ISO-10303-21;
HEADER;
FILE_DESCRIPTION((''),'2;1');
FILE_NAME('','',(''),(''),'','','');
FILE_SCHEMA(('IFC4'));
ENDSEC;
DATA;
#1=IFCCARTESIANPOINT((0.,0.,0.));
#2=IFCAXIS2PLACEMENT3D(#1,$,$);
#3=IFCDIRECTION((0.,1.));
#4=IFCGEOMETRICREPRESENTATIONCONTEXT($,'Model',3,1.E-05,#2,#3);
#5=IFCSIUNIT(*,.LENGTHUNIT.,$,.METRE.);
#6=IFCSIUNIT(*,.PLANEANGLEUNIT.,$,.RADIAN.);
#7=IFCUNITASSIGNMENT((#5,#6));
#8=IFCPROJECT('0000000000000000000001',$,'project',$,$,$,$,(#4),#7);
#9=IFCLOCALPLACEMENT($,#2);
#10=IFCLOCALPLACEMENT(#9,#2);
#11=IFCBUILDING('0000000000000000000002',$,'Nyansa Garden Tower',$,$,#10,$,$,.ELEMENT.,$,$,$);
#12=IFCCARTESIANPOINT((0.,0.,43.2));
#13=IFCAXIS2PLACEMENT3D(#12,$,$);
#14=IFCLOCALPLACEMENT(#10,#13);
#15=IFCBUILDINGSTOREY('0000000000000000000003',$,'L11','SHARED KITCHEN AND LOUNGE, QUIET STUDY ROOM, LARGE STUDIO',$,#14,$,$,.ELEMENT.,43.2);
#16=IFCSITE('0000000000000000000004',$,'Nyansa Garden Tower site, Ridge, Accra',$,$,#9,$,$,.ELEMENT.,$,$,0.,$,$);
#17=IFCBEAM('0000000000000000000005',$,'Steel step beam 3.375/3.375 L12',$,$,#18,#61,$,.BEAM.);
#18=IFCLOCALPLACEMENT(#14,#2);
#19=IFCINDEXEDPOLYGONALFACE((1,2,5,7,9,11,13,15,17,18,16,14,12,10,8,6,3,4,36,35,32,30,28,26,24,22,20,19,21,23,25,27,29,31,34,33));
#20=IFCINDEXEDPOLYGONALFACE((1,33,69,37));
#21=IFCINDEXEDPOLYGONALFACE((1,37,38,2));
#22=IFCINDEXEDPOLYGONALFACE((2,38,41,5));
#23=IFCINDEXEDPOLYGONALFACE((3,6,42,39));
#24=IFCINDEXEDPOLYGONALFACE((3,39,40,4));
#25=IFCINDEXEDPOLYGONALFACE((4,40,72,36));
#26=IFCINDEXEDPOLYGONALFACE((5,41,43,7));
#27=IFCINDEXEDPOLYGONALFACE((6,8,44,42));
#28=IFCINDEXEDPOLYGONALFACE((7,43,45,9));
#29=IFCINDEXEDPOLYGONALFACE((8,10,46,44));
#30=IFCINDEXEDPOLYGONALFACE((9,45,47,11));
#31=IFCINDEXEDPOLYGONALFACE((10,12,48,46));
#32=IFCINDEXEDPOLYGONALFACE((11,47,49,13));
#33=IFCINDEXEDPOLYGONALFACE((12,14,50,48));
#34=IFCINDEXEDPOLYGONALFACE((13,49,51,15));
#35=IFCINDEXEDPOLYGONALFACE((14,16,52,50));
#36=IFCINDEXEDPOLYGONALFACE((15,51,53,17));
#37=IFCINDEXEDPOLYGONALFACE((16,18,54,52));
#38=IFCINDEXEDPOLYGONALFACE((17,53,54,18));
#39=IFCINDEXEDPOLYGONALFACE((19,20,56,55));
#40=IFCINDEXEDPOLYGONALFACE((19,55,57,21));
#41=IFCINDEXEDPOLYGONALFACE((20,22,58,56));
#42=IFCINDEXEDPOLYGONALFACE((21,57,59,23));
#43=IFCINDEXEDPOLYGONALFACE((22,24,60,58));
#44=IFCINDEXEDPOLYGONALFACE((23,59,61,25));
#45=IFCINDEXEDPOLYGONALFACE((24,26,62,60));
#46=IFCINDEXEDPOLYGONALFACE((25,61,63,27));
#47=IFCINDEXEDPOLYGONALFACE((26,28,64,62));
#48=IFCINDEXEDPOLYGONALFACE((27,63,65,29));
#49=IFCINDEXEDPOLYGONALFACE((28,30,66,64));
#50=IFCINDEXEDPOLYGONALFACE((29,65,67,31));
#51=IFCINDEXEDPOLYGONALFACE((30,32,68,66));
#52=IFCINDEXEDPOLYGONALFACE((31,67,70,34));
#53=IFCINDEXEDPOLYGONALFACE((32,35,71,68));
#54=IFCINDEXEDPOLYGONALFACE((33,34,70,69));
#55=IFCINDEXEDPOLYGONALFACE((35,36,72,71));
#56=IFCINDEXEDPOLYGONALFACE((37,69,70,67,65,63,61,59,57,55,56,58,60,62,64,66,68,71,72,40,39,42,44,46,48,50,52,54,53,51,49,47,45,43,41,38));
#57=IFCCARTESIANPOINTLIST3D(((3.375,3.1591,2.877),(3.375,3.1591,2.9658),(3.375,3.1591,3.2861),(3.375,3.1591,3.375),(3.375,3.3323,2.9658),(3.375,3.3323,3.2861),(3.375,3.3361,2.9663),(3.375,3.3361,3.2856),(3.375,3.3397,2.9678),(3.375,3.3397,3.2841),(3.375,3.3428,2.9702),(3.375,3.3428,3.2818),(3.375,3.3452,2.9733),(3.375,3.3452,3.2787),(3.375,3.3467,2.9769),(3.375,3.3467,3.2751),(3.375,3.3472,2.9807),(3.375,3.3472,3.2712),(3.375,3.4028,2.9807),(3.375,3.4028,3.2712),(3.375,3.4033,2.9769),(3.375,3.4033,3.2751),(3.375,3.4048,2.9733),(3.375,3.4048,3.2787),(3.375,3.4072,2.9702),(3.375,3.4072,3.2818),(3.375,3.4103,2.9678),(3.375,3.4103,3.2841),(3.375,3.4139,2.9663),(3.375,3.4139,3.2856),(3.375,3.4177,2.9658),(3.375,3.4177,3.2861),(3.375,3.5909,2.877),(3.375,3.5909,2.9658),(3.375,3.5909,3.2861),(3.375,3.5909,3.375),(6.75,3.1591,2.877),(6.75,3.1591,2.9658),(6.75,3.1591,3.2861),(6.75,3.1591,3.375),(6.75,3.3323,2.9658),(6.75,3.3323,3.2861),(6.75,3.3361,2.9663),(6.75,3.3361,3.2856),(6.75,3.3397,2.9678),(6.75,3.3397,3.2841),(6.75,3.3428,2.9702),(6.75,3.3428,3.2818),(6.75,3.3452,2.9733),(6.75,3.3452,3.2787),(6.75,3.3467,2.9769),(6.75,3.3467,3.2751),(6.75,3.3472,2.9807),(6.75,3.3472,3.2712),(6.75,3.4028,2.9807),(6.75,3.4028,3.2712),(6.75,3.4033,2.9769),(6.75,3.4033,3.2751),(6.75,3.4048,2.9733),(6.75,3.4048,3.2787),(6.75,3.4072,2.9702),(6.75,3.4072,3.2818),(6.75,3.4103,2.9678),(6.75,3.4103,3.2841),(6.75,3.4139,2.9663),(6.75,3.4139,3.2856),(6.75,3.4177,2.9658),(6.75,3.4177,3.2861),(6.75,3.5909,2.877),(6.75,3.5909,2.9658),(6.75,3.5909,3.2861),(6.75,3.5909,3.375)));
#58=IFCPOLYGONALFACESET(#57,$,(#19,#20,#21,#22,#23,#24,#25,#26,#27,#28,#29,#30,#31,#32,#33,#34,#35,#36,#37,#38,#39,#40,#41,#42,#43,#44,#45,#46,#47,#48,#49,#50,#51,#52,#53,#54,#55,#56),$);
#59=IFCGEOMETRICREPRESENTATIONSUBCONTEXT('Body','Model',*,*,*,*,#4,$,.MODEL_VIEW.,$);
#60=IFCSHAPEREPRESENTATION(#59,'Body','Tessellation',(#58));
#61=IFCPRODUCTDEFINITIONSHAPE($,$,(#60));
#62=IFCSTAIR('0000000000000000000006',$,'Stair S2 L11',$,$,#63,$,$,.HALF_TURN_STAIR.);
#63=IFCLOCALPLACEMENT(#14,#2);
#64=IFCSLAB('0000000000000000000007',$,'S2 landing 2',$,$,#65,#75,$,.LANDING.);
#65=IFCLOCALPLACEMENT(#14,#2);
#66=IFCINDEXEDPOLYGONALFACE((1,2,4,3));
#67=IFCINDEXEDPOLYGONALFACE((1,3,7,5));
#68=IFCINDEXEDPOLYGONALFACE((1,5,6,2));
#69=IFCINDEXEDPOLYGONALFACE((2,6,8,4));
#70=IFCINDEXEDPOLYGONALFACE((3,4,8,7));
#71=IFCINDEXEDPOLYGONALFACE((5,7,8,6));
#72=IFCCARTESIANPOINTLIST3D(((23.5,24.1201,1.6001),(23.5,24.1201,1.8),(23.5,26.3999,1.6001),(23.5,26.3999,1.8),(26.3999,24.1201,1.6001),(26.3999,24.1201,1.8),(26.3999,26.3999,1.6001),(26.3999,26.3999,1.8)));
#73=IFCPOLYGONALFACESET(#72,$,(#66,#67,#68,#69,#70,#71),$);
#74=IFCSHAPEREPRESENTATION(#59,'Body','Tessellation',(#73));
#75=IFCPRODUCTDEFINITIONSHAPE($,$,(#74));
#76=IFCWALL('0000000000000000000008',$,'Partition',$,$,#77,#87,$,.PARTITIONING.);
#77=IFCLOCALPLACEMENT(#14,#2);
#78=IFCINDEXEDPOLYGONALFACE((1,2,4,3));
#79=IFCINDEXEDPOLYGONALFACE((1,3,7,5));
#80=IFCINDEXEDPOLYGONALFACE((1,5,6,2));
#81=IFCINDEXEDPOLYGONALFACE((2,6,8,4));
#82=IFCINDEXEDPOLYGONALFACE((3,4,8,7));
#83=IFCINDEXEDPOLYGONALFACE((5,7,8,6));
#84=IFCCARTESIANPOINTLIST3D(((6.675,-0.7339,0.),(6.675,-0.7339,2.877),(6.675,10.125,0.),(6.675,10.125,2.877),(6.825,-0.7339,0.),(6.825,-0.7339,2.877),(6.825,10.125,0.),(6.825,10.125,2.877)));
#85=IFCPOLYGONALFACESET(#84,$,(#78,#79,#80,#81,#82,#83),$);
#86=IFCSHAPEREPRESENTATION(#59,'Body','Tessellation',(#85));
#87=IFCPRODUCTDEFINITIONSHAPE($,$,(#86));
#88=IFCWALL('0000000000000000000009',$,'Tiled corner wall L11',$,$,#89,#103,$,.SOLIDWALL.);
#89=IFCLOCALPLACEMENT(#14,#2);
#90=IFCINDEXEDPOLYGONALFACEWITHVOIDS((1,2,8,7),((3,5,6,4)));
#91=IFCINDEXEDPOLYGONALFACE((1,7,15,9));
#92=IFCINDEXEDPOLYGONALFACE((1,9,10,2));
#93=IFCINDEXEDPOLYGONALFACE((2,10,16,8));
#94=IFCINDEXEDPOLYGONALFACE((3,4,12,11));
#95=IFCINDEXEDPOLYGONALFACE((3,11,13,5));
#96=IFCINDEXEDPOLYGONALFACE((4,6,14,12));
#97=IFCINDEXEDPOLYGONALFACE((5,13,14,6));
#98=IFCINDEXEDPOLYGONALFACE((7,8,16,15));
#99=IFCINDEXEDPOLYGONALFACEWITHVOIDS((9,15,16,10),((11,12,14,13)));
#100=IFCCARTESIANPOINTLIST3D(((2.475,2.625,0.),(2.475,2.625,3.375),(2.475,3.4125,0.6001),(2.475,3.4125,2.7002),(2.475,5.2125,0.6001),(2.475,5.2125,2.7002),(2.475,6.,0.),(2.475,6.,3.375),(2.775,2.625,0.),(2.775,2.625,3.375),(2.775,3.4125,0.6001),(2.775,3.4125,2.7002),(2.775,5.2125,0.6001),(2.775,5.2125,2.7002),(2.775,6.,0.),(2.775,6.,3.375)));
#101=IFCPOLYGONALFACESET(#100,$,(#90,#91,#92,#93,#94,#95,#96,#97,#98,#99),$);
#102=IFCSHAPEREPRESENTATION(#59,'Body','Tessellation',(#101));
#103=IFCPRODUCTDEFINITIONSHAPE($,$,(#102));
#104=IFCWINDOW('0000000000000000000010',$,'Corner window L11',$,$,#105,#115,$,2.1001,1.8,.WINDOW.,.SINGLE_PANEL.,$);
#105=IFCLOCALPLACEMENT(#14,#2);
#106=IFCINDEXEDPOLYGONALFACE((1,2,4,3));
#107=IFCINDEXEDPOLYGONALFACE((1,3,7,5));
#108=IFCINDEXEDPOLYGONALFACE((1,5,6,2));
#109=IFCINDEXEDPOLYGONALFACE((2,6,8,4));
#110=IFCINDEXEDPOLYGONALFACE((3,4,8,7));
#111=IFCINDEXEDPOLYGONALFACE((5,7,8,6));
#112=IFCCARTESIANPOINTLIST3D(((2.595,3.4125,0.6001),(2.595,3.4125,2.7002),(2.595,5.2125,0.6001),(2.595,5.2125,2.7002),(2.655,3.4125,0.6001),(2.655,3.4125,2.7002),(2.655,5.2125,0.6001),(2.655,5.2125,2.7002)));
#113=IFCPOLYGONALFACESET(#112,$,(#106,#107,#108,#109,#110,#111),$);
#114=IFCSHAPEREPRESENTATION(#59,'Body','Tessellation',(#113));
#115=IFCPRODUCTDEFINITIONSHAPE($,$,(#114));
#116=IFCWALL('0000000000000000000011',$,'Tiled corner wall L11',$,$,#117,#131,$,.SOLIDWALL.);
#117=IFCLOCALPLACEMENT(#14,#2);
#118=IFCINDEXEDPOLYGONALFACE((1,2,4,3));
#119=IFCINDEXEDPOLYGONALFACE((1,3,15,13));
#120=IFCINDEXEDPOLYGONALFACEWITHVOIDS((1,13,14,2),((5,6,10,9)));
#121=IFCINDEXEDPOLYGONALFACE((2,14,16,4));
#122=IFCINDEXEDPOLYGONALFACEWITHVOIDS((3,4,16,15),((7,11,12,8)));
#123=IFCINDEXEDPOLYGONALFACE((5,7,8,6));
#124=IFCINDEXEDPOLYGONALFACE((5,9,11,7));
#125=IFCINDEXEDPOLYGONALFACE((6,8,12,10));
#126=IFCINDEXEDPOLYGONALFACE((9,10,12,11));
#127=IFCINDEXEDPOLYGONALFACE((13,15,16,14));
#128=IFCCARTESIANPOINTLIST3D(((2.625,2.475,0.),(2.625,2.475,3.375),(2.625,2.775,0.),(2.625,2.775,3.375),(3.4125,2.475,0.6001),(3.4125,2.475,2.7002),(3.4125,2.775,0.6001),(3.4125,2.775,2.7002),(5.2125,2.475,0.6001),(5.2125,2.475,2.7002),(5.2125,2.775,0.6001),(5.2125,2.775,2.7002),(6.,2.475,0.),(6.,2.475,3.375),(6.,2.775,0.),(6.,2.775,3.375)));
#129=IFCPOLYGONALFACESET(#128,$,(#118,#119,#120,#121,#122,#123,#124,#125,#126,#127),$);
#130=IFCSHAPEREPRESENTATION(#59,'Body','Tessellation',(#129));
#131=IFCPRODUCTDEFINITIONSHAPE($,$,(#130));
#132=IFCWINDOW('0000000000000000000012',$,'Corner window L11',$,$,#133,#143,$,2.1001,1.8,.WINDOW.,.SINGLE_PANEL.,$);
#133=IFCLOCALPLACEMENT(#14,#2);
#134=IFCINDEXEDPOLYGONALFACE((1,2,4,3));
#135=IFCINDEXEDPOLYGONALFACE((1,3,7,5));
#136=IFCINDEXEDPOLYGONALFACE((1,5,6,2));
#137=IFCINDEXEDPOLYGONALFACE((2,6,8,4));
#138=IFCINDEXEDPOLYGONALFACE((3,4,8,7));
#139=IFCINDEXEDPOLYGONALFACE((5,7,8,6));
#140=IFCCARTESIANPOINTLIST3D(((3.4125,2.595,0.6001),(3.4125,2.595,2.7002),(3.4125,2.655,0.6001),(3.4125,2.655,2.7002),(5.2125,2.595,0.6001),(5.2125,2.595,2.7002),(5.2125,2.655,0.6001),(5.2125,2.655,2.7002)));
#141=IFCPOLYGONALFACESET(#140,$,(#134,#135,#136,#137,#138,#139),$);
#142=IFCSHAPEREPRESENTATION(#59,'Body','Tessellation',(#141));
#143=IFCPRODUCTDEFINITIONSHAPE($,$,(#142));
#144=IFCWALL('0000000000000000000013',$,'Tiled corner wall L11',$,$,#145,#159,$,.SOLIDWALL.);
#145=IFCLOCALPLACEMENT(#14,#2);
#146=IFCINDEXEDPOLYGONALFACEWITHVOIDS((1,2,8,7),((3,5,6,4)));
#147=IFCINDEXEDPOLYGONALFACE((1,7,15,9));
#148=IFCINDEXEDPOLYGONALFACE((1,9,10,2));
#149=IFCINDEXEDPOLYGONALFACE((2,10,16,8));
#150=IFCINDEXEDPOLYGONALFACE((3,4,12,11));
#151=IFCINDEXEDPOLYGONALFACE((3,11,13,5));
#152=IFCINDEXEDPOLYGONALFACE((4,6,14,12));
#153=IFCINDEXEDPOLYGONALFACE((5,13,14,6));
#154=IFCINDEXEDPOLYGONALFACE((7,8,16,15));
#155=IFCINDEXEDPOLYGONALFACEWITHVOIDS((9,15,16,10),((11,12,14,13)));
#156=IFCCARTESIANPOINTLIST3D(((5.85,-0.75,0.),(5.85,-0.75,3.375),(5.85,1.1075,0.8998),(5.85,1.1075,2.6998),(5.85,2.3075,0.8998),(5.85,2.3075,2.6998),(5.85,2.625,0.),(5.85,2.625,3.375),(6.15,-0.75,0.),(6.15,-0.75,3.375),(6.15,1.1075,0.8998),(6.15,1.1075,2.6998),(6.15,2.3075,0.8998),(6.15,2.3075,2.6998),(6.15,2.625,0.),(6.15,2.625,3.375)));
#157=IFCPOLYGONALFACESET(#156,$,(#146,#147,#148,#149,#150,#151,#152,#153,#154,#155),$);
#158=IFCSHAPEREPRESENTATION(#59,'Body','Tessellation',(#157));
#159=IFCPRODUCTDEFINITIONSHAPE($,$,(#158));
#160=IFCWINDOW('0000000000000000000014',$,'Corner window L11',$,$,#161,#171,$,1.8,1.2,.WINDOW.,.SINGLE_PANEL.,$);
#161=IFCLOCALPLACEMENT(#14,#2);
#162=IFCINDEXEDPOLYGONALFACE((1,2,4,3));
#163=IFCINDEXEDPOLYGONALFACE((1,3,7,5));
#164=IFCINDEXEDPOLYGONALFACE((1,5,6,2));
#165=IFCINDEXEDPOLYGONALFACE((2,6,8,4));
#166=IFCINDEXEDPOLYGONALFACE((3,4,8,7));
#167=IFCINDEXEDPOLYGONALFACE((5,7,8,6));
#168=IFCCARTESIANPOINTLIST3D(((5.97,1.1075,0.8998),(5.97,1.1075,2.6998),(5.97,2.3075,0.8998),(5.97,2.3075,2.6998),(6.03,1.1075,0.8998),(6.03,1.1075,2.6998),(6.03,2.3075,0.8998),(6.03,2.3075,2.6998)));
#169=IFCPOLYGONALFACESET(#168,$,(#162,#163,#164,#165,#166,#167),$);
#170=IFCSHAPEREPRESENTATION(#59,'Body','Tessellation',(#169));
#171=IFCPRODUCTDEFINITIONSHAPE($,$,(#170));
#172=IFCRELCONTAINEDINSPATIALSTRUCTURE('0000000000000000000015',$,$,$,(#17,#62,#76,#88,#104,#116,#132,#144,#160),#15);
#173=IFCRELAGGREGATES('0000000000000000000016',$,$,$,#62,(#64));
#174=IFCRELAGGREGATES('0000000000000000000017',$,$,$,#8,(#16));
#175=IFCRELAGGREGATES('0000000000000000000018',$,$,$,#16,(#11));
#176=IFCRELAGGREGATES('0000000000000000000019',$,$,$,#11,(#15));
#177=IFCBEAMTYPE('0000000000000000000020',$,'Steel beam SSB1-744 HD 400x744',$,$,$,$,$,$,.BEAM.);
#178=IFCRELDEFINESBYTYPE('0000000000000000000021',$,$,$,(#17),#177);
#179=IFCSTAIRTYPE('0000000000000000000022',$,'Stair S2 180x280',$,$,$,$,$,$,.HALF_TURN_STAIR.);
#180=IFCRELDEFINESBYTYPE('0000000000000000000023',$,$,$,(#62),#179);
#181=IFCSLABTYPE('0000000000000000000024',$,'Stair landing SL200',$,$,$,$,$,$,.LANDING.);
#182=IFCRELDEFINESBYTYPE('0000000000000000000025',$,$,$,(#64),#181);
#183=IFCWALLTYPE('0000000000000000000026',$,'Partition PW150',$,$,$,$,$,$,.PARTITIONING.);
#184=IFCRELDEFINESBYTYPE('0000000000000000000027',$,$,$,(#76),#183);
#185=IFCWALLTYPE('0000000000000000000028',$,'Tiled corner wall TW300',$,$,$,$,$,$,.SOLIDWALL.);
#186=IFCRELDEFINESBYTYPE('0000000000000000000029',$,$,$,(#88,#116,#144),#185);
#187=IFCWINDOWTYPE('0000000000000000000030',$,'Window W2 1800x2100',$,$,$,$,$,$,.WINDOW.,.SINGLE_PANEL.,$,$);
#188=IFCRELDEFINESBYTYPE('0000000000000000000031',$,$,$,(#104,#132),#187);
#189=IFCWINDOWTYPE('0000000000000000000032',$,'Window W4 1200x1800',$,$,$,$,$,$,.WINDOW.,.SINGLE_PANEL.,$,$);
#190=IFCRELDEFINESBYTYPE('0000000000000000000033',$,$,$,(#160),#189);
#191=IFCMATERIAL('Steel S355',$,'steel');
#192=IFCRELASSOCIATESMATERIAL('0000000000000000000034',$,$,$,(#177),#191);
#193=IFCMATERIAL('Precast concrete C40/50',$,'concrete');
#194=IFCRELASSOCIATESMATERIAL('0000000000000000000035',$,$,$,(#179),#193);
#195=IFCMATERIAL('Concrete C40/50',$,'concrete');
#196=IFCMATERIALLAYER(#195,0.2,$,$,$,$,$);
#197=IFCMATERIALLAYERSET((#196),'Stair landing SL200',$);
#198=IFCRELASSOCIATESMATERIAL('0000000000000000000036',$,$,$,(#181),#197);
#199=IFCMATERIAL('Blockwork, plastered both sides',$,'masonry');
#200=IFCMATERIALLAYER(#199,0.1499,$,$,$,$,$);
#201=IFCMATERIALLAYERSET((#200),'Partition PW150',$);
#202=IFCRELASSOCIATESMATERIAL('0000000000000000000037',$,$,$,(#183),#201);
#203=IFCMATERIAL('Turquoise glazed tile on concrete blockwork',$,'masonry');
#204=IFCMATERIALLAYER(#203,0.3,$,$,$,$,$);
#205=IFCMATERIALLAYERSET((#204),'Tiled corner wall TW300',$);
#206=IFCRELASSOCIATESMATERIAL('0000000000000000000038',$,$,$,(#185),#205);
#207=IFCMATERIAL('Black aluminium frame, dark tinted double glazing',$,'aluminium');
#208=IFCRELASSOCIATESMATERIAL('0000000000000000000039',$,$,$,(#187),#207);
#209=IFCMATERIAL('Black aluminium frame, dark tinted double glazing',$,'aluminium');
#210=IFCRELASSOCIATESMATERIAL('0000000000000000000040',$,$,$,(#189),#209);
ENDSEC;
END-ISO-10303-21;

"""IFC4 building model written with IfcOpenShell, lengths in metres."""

from ifc_helpers import new_model, si_unit, direction, frame, frame_2d, origin, origin_2d, place, context, subcontext, project, spatial, polyline, rectangle, i_section, outline, extrude, material, layer, layer_set, material_profile, profile_set, type_object, element, fill, aggregate, save


model = new_model("IFC4")

# Units and contexts
model_context = context("Model", 3, precision=1e-05, world=origin(), true_north=direction((0.0, 1.0)))
body_context = subcontext(model_context, "Body", "Model", "MODEL_VIEW")
ifc_project = project(units=[si_unit("LENGTHUNIT", "METRE"), si_unit("PLANEANGLEUNIT", "RADIAN")], contexts=[model_context])

# Site, building, storey
site_placement = place(None, origin())
site = spatial("IfcSite", under=ifc_project, at=site_placement, Name="Nyansa Garden Tower site, Ridge, Accra", CompositionType="ELEMENT", RefElevation=0.0)
building_placement = place(site_placement, origin())
building = spatial("IfcBuilding", under=site, at=building_placement, Name="Nyansa Garden Tower", CompositionType="ELEMENT")
storey_placement = place(building_placement, frame((0.0, 0.0, 43.2)))
storey = spatial("IfcBuildingStorey", under=building, at=storey_placement, Name="L11", Description="SHARED KITCHEN AND LOUNGE, QUIET STUDY ROOM, LARGE STUDIO", CompositionType="ELEMENT", Elevation=43.2)

# Beam
ifc_material_1 = material(Name="Steel S355", Category="steel")
ifc_material_profile_1 = material_profile(ifc_material_1, i_section(OverallWidth=0.4319, OverallDepth=0.498, WebThickness=0.0557, FlangeThickness=0.0889, FilletRadius=0.0149, at=origin_2d()), Name="HD 400x744")
ifc_profile_set_1 = profile_set([ifc_material_profile_1], Name="Steel S355")
beam_type_1 = type_object("IfcBeamType", Name="Steel beam SSB1-744 HD 400x744", PredefinedType="BEAM", material=ifc_profile_set_1)
for number, where, z_axis, x_axis, name in (
    (1, (3.375, 3.375, 3.126), (1.0, 0.0, 0.0), (0.0, 1.0, 0.0), "Steel step beam 3.375/3.375 L12"),
):
    element("IfcBeam", number, at=place(storey_placement, frame(where, z_axis=z_axis, x_axis=x_axis)), inside=storey, type_object=beam_type_1, Name=name, PredefinedType="BEAM", context=body_context, shape_type="SweptSolid", body=[
        extrude(i_section(OverallWidth=0.4319, OverallDepth=0.498, WebThickness=0.0557, FlangeThickness=0.0889, FilletRadius=0.0149, at=origin_2d()), origin(), (0.0, 0.0, 1.0), 3.375),
    ])

# Stair, slab
ifc_material_2 = material(Name="Precast concrete C40/50", Category="concrete")
stair_type = type_object("IfcStairType", Name="Stair S2 180x280", PredefinedType="HALF_TURN_STAIR", material=ifc_material_2)
stair_placement = place(storey_placement, origin())
stair = element("IfcStair", 2, at=stair_placement, inside=storey, type_object=stair_type, Name="Stair S2 L11", PredefinedType="HALF_TURN_STAIR")
ifc_material_3 = material(Name="Concrete C40/50", Category="concrete")
ifc_layer_1 = layer(ifc_material_3, 0.2)
ifc_layer_set_1 = layer_set([ifc_layer_1], Name="Stair landing SL200")
slab_type = type_object("IfcSlabType", Name="Stair landing SL200", PredefinedType="LANDING", material=ifc_layer_set_1)
slab_placement = place(storey_placement, frame((0.0, 0.0, 1.6001)))
slab = element("IfcSlab", 3, at=slab_placement, type_object=slab_type, Name="S2 landing 2", PredefinedType="LANDING", context=body_context, shape_type="SweptSolid", body=[
    extrude(outline(polyline([(23.5, 24.1201), (26.3999, 24.1201), (26.3999, 26.3999), (23.5, 26.3999), (23.5, 24.1201)])), origin(), (0.0, 0.0, 1.0), 0.2),
])
aggregate(stair, [slab])

# Wall
ifc_material_4 = material(Name="Blockwork, plastered both sides", Category="masonry")
ifc_layer_2 = layer(ifc_material_4, 0.1499)
ifc_layer_set_2 = layer_set([ifc_layer_2], Name="Partition PW150")
wall_type_1 = type_object("IfcWallType", Name="Partition PW150", PredefinedType="PARTITIONING", material=ifc_layer_set_2)
wall_1_placement = place(storey_placement, frame((6.75, -0.7339, 0.0), z_axis=(0.0, 0.0, 1.0), x_axis=(0.0, 1.0, 0.0)))
element("IfcWall", 4, at=wall_1_placement, inside=storey, type_object=wall_type_1, Name="Partition", PredefinedType="PARTITIONING", context=body_context, shape_type="SweptSolid", body=[
    extrude(rectangle(XDim=10.8589, YDim=0.1499, at=frame_2d((5.4294, 0.0))), origin(), (0.0, 0.0, 1.0), 2.877),
])

# Walls, openings, windows
ifc_material_5 = material(Name="Turquoise glazed tile on concrete blockwork", Category="masonry")
ifc_layer_3 = layer(ifc_material_5, 0.3)
ifc_layer_set_3 = layer_set([ifc_layer_3], Name="Tiled corner wall TW300")
wall_type_2 = type_object("IfcWallType", Name="Tiled corner wall TW300", PredefinedType="SOLIDWALL", material=ifc_layer_set_3)
wall_2_placement = place(storey_placement, frame((2.625, 6.0, 0.0), z_axis=(0.0, 0.0, 1.0), x_axis=(0.0, -1.0, 0.0)))
wall_2 = element("IfcWall", 5, at=wall_2_placement, inside=storey, type_object=wall_type_2, Name="Tiled corner wall L11", PredefinedType="SOLIDWALL", context=body_context, shape_type="SweptSolid", body=[
    extrude(rectangle(XDim=3.375, YDim=0.3, at=frame_2d((1.6875, 0.0))), origin(), (0.0, 0.0, 1.0), 3.375),
])
opening_1_placement = place(wall_2_placement, frame((0.7876, 0.0, 0.6001)))
opening_1 = element("IfcOpeningElement", 6, at=opening_1_placement, cuts=wall_2, PredefinedType="OPENING", context=body_context, shape_type="SweptSolid", body=[
    extrude(rectangle(XDim=1.8, YDim=2.1001, at=frame_2d((0.8999, 1.05))), frame((0.0, 0.1599, 0.0), z_axis=(0.0, -1.0, 0.0), x_axis=(1.0, 0.0, 0.0)), (0.0, 0.0, 1.0), 0.3201),
])
ifc_material_6 = material(Name="Black aluminium frame, dark tinted double glazing", Category="aluminium")
window_type_1 = type_object("IfcWindowType", Name="Window W2 1800x2100", PartitioningType="SINGLE_PANEL", PredefinedType="WINDOW", material=ifc_material_6)
window_1_placement = place(opening_1_placement, origin())
window_1 = element("IfcWindow", 7, at=window_1_placement, inside=storey, type_object=window_type_1, Name="Corner window L11", OverallHeight=2.1001, OverallWidth=1.8, PartitioningType="SINGLE_PANEL", PredefinedType="WINDOW", context=body_context, shape_type="SweptSolid", body=[
    extrude(rectangle(XDim=1.8, YDim=2.1001, at=frame_2d((0.8999, 1.05))), frame((0.0, 0.03, 0.0), z_axis=(0.0, -1.0, 0.0), x_axis=(1.0, 0.0, 0.0)), (0.0, 0.0, 1.0), 0.0601),
])
fill(opening_1, window_1)
wall_3_placement = place(storey_placement, frame((2.625, 2.625, 0.0), z_axis=(0.0, 0.0, 1.0), x_axis=(1.0, 0.0, 0.0)))
wall_3 = element("IfcWall", 8, at=wall_3_placement, inside=storey, type_object=wall_type_2, Name="Tiled corner wall L11", PredefinedType="SOLIDWALL", context=body_context, shape_type="SweptSolid", body=[
    extrude(rectangle(XDim=3.375, YDim=0.3, at=frame_2d((1.6875, 0.0))), origin(), (0.0, 0.0, 1.0), 3.375),
])
opening_2_placement = place(wall_3_placement, frame((0.7876, 0.0, 0.6001)))
opening_2 = element("IfcOpeningElement", 9, at=opening_2_placement, cuts=wall_3, PredefinedType="OPENING", context=body_context, shape_type="SweptSolid", body=[
    extrude(rectangle(XDim=1.8, YDim=2.1001, at=frame_2d((0.8999, 1.05))), frame((0.0, 0.1599, 0.0), z_axis=(0.0, -1.0, 0.0), x_axis=(1.0, 0.0, 0.0)), (0.0, 0.0, 1.0), 0.3201),
])
window_2_placement = place(opening_2_placement, origin())
window_2 = element("IfcWindow", 10, at=window_2_placement, inside=storey, type_object=window_type_1, Name="Corner window L11", OverallHeight=2.1001, OverallWidth=1.8, PartitioningType="SINGLE_PANEL", PredefinedType="WINDOW", context=body_context, shape_type="SweptSolid", body=[
    extrude(rectangle(XDim=1.8, YDim=2.1001, at=frame_2d((0.8999, 1.05))), frame((0.0, 0.03, 0.0), z_axis=(0.0, -1.0, 0.0), x_axis=(1.0, 0.0, 0.0)), (0.0, 0.0, 1.0), 0.0601),
])
fill(opening_2, window_2)
wall_4_placement = place(storey_placement, frame((6.0, 2.625, 0.0), z_axis=(0.0, 0.0, 1.0), x_axis=(0.0, -1.0, 0.0)))
wall_4 = element("IfcWall", 11, at=wall_4_placement, inside=storey, type_object=wall_type_2, Name="Tiled corner wall L11", PredefinedType="SOLIDWALL", context=body_context, shape_type="SweptSolid", body=[
    extrude(rectangle(XDim=3.375, YDim=0.3, at=frame_2d((1.6875, 0.0))), origin(), (0.0, 0.0, 1.0), 3.375),
])
opening_3_placement = place(wall_4_placement, frame((0.3174, 0.0, 0.8999)))
opening_3 = element("IfcOpeningElement", 12, at=opening_3_placement, cuts=wall_4, PredefinedType="OPENING", context=body_context, shape_type="SweptSolid", body=[
    extrude(rectangle(XDim=1.2, YDim=1.8, at=frame_2d((0.6001, 0.8999))), frame((0.0, 0.1599, 0.0), z_axis=(0.0, -1.0, 0.0), x_axis=(1.0, 0.0, 0.0)), (0.0, 0.0, 1.0), 0.3201),
])
ifc_material_7 = material(Name="Black aluminium frame, dark tinted double glazing", Category="aluminium")
window_type_2 = type_object("IfcWindowType", Name="Window W4 1200x1800", PartitioningType="SINGLE_PANEL", PredefinedType="WINDOW", material=ifc_material_7)
window_3_placement = place(opening_3_placement, origin())
window_3 = element("IfcWindow", 13, at=window_3_placement, inside=storey, type_object=window_type_2, Name="Corner window L11", OverallHeight=1.8, OverallWidth=1.2, PartitioningType="SINGLE_PANEL", PredefinedType="WINDOW", context=body_context, shape_type="SweptSolid", body=[
    extrude(rectangle(XDim=1.2, YDim=1.8, at=frame_2d((0.6001, 0.8999))), frame((0.0, 0.03, 0.0), z_axis=(0.0, -1.0, 0.0), x_axis=(1.0, 0.0, 0.0)), (0.0, 0.0, 1.0), 0.0601),
])
fill(opening_3, window_3)

save(model, "model.ifc")
